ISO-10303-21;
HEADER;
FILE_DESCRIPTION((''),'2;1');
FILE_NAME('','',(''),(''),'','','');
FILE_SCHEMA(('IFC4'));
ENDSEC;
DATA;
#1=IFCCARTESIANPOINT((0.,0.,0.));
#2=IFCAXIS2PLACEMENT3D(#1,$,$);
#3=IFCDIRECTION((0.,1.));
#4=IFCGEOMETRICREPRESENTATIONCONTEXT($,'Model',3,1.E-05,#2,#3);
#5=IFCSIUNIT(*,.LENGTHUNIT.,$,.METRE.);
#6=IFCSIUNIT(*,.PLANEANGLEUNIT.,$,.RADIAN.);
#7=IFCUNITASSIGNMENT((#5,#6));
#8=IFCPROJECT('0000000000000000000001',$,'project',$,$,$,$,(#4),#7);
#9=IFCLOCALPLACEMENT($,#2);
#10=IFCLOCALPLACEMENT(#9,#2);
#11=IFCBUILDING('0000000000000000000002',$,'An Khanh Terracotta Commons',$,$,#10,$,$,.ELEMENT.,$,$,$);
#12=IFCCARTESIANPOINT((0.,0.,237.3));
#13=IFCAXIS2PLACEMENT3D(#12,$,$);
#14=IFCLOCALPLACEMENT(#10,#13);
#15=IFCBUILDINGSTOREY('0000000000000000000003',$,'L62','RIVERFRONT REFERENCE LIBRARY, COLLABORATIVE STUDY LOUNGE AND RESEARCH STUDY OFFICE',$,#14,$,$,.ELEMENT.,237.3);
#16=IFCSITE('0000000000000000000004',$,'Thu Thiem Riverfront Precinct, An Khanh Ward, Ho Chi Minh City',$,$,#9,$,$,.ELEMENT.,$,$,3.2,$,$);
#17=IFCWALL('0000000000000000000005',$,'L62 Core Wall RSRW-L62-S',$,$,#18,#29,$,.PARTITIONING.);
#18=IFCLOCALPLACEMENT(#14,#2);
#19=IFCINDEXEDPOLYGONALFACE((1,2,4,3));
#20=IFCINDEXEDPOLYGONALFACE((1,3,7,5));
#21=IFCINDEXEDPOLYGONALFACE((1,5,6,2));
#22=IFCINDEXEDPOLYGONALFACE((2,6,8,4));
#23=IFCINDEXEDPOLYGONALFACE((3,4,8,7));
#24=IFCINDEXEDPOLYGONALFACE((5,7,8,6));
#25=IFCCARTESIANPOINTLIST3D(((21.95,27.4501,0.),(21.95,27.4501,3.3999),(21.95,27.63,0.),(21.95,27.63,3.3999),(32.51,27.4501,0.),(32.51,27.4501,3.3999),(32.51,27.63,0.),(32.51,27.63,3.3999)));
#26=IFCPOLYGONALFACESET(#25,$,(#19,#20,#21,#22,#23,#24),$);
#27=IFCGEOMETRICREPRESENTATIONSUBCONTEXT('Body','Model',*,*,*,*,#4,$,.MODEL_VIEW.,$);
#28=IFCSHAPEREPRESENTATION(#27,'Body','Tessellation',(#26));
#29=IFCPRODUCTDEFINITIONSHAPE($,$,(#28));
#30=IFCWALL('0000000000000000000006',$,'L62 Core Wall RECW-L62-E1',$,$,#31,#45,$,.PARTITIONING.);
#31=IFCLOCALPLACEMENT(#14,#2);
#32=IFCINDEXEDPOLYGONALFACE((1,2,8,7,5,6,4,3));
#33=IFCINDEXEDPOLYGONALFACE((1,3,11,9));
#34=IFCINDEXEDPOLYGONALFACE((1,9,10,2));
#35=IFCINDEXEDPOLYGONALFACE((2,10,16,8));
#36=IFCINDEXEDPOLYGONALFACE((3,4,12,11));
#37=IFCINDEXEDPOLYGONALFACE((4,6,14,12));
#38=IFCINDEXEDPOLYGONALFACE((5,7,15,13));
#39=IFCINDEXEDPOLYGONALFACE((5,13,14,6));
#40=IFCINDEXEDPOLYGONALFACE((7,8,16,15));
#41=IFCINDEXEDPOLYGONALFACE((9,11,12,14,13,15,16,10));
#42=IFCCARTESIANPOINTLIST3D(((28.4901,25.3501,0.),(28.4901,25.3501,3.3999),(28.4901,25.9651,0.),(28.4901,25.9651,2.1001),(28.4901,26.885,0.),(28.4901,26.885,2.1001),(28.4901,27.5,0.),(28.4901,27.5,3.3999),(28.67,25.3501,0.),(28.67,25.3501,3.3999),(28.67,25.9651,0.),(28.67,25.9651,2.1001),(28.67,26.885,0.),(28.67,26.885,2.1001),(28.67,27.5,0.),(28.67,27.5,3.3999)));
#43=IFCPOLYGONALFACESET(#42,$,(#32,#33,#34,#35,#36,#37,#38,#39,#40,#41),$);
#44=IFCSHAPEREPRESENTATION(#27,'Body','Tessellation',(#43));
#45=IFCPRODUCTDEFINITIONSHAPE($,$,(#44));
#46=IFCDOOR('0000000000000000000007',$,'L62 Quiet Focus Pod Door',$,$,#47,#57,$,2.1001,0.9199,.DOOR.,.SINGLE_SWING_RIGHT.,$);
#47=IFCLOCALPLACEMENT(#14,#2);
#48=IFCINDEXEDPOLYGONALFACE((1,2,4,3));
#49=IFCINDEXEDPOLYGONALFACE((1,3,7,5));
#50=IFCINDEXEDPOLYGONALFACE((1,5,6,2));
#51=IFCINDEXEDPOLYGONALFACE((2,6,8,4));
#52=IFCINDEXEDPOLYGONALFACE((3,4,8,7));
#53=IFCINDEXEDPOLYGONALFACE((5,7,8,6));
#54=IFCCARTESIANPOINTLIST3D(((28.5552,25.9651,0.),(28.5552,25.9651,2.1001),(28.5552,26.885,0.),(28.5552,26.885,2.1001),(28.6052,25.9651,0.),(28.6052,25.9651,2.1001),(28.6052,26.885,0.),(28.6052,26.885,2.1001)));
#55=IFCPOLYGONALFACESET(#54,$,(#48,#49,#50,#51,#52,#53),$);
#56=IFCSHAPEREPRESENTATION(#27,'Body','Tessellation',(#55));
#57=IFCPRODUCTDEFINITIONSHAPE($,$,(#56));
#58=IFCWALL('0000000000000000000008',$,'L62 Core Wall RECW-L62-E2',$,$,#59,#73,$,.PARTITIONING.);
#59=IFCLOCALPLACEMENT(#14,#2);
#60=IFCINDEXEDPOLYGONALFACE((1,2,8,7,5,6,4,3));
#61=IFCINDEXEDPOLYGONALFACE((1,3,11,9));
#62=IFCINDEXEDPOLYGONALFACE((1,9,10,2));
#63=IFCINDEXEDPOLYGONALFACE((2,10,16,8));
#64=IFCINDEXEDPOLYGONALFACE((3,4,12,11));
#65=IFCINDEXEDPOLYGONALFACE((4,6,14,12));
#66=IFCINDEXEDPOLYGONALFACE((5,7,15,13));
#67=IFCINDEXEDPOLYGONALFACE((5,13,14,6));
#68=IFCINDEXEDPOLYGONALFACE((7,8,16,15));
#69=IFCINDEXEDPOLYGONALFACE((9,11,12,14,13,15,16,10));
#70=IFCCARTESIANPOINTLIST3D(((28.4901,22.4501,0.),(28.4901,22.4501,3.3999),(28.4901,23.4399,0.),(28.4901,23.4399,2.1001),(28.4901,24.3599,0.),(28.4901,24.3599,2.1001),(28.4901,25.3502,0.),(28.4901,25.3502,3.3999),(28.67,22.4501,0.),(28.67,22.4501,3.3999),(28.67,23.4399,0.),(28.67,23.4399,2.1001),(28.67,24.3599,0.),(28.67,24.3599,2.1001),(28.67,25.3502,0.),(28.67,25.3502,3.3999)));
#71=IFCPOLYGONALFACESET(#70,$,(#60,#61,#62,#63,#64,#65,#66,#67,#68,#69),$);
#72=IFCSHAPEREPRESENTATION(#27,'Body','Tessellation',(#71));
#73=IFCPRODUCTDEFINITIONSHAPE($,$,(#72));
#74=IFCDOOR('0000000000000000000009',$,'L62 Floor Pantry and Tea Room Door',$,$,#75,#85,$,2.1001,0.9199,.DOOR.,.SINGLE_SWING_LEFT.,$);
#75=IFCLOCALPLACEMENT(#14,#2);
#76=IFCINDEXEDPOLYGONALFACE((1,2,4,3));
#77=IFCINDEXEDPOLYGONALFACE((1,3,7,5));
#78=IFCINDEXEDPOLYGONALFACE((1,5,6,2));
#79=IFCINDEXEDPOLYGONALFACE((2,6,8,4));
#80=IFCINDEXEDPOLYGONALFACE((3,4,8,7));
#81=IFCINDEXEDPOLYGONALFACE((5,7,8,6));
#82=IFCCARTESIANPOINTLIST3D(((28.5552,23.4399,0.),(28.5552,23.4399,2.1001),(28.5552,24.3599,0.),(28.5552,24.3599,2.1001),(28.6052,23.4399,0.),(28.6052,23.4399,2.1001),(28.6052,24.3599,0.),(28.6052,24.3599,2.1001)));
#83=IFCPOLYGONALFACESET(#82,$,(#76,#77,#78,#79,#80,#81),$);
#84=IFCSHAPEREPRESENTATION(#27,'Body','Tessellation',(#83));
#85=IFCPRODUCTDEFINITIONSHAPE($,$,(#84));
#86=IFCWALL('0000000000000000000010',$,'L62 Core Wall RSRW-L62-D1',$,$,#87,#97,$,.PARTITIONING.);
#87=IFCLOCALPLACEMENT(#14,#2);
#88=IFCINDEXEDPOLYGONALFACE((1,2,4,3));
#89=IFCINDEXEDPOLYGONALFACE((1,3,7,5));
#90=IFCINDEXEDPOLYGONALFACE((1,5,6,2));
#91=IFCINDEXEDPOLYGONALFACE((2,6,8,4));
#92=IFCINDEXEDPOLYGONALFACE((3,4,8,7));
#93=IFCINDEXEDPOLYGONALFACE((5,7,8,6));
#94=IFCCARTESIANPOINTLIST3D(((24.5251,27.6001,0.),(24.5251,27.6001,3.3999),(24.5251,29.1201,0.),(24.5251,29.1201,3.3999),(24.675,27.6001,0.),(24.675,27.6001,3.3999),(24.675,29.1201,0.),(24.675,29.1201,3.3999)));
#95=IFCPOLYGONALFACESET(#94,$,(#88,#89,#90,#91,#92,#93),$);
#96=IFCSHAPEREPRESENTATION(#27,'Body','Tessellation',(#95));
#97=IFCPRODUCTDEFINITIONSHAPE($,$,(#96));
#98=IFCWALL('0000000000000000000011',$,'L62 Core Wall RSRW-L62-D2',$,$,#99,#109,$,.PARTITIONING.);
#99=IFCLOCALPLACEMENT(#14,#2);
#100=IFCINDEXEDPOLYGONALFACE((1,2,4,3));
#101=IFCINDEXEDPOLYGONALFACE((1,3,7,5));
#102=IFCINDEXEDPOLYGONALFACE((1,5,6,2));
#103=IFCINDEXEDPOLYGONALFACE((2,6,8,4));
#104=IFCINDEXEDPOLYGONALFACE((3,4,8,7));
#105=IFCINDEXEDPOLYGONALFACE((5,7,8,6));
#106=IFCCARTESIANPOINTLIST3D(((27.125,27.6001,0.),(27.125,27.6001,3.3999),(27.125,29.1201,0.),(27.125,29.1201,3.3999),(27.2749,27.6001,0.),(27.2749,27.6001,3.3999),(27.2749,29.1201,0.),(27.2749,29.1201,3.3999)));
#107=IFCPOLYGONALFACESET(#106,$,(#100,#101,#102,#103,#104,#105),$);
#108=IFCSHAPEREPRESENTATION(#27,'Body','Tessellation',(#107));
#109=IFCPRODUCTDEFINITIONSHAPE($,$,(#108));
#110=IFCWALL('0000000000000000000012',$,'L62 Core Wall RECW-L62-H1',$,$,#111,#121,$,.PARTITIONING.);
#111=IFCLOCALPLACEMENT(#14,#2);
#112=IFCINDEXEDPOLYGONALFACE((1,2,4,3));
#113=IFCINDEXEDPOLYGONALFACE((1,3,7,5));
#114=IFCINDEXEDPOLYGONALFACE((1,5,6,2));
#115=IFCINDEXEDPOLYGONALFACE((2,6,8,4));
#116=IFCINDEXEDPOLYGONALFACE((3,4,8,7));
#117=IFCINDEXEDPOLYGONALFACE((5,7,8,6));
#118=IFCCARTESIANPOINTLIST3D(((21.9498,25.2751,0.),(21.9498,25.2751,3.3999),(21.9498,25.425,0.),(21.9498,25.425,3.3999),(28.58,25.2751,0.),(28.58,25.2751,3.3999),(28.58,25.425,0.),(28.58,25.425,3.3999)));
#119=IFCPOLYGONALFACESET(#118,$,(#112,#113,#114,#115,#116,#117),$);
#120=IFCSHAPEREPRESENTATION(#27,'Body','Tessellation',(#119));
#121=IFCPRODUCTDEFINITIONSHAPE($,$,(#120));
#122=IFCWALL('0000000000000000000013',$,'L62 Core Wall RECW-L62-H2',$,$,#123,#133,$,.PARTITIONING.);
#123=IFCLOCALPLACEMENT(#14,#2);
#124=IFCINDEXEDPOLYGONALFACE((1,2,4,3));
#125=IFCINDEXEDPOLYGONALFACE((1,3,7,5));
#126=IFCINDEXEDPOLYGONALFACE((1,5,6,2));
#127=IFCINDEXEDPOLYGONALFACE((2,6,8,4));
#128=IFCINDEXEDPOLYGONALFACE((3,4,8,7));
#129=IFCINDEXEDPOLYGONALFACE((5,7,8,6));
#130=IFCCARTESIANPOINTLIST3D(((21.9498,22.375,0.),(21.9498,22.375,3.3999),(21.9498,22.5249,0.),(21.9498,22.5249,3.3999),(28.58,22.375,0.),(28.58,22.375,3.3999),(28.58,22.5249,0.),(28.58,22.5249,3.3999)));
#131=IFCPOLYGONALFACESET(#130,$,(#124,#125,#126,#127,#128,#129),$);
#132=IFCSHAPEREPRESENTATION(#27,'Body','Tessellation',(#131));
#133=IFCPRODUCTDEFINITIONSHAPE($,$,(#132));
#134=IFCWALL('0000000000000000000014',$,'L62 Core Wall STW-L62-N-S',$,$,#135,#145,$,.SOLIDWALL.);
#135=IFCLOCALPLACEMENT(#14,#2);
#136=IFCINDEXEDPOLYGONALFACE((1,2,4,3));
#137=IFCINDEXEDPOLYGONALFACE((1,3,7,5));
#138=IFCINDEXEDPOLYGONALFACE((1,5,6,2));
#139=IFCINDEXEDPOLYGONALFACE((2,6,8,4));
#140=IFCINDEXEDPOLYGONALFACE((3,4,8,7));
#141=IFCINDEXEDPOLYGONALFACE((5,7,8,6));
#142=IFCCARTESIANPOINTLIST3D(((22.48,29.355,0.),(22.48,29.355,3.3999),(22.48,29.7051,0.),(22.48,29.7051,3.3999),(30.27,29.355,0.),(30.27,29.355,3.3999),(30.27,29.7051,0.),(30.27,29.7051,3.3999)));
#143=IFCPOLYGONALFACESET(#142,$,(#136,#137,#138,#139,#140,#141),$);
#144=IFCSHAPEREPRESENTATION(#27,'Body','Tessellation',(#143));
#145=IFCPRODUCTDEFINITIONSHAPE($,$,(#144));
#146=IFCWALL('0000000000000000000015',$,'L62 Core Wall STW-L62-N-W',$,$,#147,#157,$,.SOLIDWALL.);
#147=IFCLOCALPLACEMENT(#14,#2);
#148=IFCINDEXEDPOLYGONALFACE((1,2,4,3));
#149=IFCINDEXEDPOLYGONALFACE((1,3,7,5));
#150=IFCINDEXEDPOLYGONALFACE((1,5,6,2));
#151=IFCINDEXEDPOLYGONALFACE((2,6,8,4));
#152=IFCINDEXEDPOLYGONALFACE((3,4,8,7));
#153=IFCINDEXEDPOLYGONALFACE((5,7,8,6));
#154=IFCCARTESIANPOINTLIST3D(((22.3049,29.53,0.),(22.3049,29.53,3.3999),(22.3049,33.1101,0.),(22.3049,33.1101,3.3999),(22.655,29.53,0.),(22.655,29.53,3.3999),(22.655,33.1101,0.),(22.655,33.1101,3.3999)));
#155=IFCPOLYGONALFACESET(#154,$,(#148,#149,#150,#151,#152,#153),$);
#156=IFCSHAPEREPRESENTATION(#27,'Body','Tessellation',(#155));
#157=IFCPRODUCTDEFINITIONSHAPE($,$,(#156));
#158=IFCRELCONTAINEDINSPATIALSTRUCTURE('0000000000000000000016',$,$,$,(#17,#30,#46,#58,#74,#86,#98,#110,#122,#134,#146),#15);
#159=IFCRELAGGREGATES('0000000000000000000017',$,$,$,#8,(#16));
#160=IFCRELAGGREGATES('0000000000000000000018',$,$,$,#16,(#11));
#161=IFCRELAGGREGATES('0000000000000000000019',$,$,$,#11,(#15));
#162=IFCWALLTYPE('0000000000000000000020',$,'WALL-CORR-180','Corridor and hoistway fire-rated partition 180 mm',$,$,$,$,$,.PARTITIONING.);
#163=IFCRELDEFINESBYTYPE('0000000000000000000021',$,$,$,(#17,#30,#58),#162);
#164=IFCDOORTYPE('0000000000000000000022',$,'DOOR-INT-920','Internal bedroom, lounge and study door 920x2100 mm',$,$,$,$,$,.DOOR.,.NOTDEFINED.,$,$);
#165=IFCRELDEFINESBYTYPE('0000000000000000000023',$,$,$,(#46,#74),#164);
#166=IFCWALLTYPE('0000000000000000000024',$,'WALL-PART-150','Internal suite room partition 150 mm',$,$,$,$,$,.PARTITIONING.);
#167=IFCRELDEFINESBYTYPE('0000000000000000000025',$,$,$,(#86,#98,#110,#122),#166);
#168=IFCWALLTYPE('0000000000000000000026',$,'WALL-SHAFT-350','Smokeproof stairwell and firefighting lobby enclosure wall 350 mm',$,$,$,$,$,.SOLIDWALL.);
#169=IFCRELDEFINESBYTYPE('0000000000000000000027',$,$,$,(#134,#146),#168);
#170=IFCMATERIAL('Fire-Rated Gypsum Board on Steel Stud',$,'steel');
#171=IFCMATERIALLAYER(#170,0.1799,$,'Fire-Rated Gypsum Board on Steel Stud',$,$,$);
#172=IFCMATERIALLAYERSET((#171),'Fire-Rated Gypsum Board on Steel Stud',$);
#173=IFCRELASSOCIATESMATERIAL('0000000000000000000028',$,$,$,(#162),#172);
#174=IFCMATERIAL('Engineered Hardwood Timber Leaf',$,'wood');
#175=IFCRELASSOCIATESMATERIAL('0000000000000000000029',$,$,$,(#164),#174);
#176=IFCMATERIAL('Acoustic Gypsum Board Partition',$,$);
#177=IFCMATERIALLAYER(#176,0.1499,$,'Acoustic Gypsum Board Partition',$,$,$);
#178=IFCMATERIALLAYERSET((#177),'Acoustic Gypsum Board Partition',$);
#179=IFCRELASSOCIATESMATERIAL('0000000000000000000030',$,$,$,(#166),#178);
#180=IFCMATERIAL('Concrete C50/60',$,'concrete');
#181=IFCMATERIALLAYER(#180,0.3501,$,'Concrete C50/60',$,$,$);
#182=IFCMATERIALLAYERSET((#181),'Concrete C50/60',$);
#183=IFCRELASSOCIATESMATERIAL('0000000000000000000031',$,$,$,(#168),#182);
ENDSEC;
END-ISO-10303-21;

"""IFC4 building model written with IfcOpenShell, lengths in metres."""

from ifc_helpers import new_model, si_unit, direction, frame, frame_2d, origin, place, context, subcontext, project, spatial, rectangle, extrude, material, layer, layer_set, type_object, element, fill, save


model = new_model("IFC4")

# Units and contexts
model_context = context("Model", 3, precision=1e-05, world=origin(), true_north=direction((0.0, 1.0)))
body_context = subcontext(model_context, "Body", "Model", "MODEL_VIEW")
ifc_project = project(units=[si_unit("LENGTHUNIT", "METRE"), si_unit("PLANEANGLEUNIT", "RADIAN")], contexts=[model_context])

# Site, building, storey
site_placement = place(None, origin())
site = spatial("IfcSite", under=ifc_project, at=site_placement, Name="Thu Thiem Riverfront Precinct, An Khanh Ward, Ho Chi Minh City", CompositionType="ELEMENT", RefElevation=3.2)
building_placement = place(site_placement, origin())
building = spatial("IfcBuilding", under=site, at=building_placement, Name="An Khanh Terracotta Commons", CompositionType="ELEMENT")
storey_placement = place(building_placement, frame((0.0, 0.0, 237.3)))
storey = spatial("IfcBuildingStorey", under=building, at=storey_placement, Name="L62", Description="RIVERFRONT REFERENCE LIBRARY, COLLABORATIVE STUDY LOUNGE AND RESEARCH STUDY OFFICE", CompositionType="ELEMENT", Elevation=237.3)

# Wall
ifc_material_1 = material(Name="Fire-Rated Gypsum Board on Steel Stud", Category="steel")
ifc_layer_1 = layer(ifc_material_1, 0.1799, Name="Fire-Rated Gypsum Board on Steel Stud")
ifc_layer_set_1 = layer_set([ifc_layer_1], Name="Fire-Rated Gypsum Board on Steel Stud")
wall_type_1 = type_object("IfcWallType", Name="WALL-CORR-180", Description="Corridor and hoistway fire-rated partition 180 mm", PredefinedType="PARTITIONING", material=ifc_layer_set_1)
wall_1_placement = place(storey_placement, frame((21.95, 27.54, 0.0), z_axis=(0.0, 0.0, 1.0), x_axis=(1.0, 0.0, 0.0)))
element("IfcWall", 1, at=wall_1_placement, inside=storey, type_object=wall_type_1, Name="L62 Core Wall RSRW-L62-S", PredefinedType="PARTITIONING", context=body_context, shape_type="SweptSolid", body=[
    extrude(rectangle(XDim=10.5601, YDim=0.1799, at=frame_2d((5.28, 0.0))), origin(), (0.0, 0.0, 1.0), 3.3999),
])

# Walls, openings, doors
wall_2_placement = place(storey_placement, frame((28.5801, 25.3501, 0.0), z_axis=(0.0, 0.0, 1.0), x_axis=(0.0, 1.0, 0.0)))
wall_2 = element("IfcWall", 2, at=wall_2_placement, inside=storey, type_object=wall_type_1, Name="L62 Core Wall RECW-L62-E1", PredefinedType="PARTITIONING", context=body_context, shape_type="SweptSolid", body=[
    extrude(rectangle(XDim=2.1499, YDim=0.1799, at=frame_2d((1.075, 0.0))), origin(), (0.0, 0.0, 1.0), 3.3999),
])
opening_1_placement = place(wall_2_placement, frame((0.615, 0.0, 0.0)))
opening_1 = element("IfcOpeningElement", 3, at=opening_1_placement, cuts=wall_2, PredefinedType="OPENING", context=body_context, shape_type="SweptSolid", body=[
    extrude(rectangle(XDim=0.9199, YDim=2.1001, at=frame_2d((0.46, 1.05))), frame((0.0, 0.0999, 0.0), z_axis=(0.0, -1.0, 0.0), x_axis=(1.0, 0.0, 0.0)), (0.0, 0.0, 1.0), 0.2),
])
ifc_material_2 = material(Name="Engineered Hardwood Timber Leaf", Category="wood")
door_type = type_object("IfcDoorType", Name="DOOR-INT-920", Description="Internal bedroom, lounge and study door 920x2100 mm", OperationType="NOTDEFINED", PredefinedType="DOOR", material=ifc_material_2)
door_1_placement = place(opening_1_placement, origin())
door_1 = element("IfcDoor", 4, at=door_1_placement, inside=storey, type_object=door_type, Name="L62 Quiet Focus Pod Door", OperationType="SINGLE_SWING_RIGHT", OverallHeight=2.1001, OverallWidth=0.9199, PredefinedType="DOOR", context=body_context, shape_type="SweptSolid", body=[
    extrude(rectangle(XDim=0.9199, YDim=2.1001, at=frame_2d((0.46, 1.05))), frame((0.0, 0.0249, 0.0), z_axis=(0.0, -1.0, 0.0), x_axis=(1.0, 0.0, 0.0)), (0.0, 0.0, 1.0), 0.05),
])
fill(opening_1, door_1)
wall_3_placement = place(storey_placement, frame((28.5801, 22.45, 0.0), z_axis=(0.0, 0.0, 1.0), x_axis=(0.0, 1.0, 0.0)))
wall_3 = element("IfcWall", 5, at=wall_3_placement, inside=storey, type_object=wall_type_1, Name="L62 Core Wall RECW-L62-E2", PredefinedType="PARTITIONING", context=body_context, shape_type="SweptSolid", body=[
    extrude(rectangle(XDim=2.9001, YDim=0.1799, at=frame_2d((1.4502, 0.0))), origin(), (0.0, 0.0, 1.0), 3.3999),
])
opening_2_placement = place(wall_3_placement, frame((0.99, 0.0, 0.0)))
opening_2 = element("IfcOpeningElement", 6, at=opening_2_placement, cuts=wall_3, PredefinedType="OPENING", context=body_context, shape_type="SweptSolid", body=[
    extrude(rectangle(XDim=0.9199, YDim=2.1001, at=frame_2d((0.46, 1.05))), frame((0.0, 0.0999, 0.0), z_axis=(0.0, -1.0, 0.0), x_axis=(1.0, 0.0, 0.0)), (0.0, 0.0, 1.0), 0.2),
])
door_2_placement = place(opening_2_placement, origin())
door_2 = element("IfcDoor", 7, at=door_2_placement, inside=storey, type_object=door_type, Name="L62 Floor Pantry and Tea Room Door", OperationType="SINGLE_SWING_LEFT", OverallHeight=2.1001, OverallWidth=0.9199, PredefinedType="DOOR", context=body_context, shape_type="SweptSolid", body=[
    extrude(rectangle(XDim=0.9199, YDim=2.1001, at=frame_2d((0.46, 1.05))), frame((0.0, 0.0249, 0.0), z_axis=(0.0, -1.0, 0.0), x_axis=(1.0, 0.0, 0.0)), (0.0, 0.0, 1.0), 0.05),
])
fill(opening_2, door_2)

# Walls
ifc_material_3 = material(Name="Acoustic Gypsum Board Partition")
ifc_layer_2 = layer(ifc_material_3, 0.1499, Name="Acoustic Gypsum Board Partition")
ifc_layer_set_2 = layer_set([ifc_layer_2], Name="Acoustic Gypsum Board Partition")
wall_type_2 = type_object("IfcWallType", Name="WALL-PART-150", Description="Internal suite room partition 150 mm", PredefinedType="PARTITIONING", material=ifc_layer_set_2)
for number, where, z_axis, x_axis, name in (
    (8, (24.6001, 27.6001, 0.0), (0.0, 0.0, 1.0), (0.0, 1.0, 0.0), "L62 Core Wall RSRW-L62-D1"),
    (9, (27.2, 27.6001, 0.0), (0.0, 0.0, 1.0), (0.0, 1.0, 0.0), "L62 Core Wall RSRW-L62-D2"),
):
    element("IfcWall", number, at=place(storey_placement, frame(where, z_axis=z_axis, x_axis=x_axis)), inside=storey, type_object=wall_type_2, Name=name, PredefinedType="PARTITIONING", context=body_context, shape_type="SweptSolid", body=[
        extrude(rectangle(XDim=1.52, YDim=0.1499, at=frame_2d((0.76, 0.0))), origin(), (0.0, 0.0, 1.0), 3.3999),
    ])
for number, where, z_axis, x_axis, name in (
    (10, (21.95, 25.3501, 0.0), (0.0, 0.0, 1.0), (1.0, 0.0, 0.0), "L62 Core Wall RECW-L62-H1"),
    (11, (21.95, 22.45, 0.0), (0.0, 0.0, 1.0), (1.0, 0.0, 0.0), "L62 Core Wall RECW-L62-H2"),
):
    element("IfcWall", number, at=place(storey_placement, frame(where, z_axis=z_axis, x_axis=x_axis)), inside=storey, type_object=wall_type_2, Name=name, PredefinedType="PARTITIONING", context=body_context, shape_type="SweptSolid", body=[
        extrude(rectangle(XDim=6.6301, YDim=0.1499, at=frame_2d((3.3149, 0.0))), origin(), (0.0, 0.0, 1.0), 3.3999),
    ])
ifc_material_4 = material(Name="Concrete C50/60", Category="concrete")
ifc_layer_3 = layer(ifc_material_4, 0.3501, Name="Concrete C50/60")
ifc_layer_set_3 = layer_set([ifc_layer_3], Name="Concrete C50/60")
wall_type_3 = type_object("IfcWallType", Name="WALL-SHAFT-350", Description="Smokeproof stairwell and firefighting lobby enclosure wall 350 mm", PredefinedType="SOLIDWALL", material=ifc_layer_set_3)
wall_4_placement = place(storey_placement, frame((22.48, 29.53, 0.0), z_axis=(0.0, 0.0, 1.0), x_axis=(1.0, 0.0, 0.0)))
element("IfcWall", 12, at=wall_4_placement, inside=storey, type_object=wall_type_3, Name="L62 Core Wall STW-L62-N-S", PredefinedType="SOLIDWALL", context=body_context, shape_type="SweptSolid", body=[
    extrude(rectangle(XDim=7.79, YDim=0.3501, at=frame_2d((3.895, 0.0))), origin(), (0.0, 0.0, 1.0), 3.3999),
])
wall_5_placement = place(storey_placement, frame((22.48, 29.53, 0.0), z_axis=(0.0, 0.0, 1.0), x_axis=(0.0, 1.0, 0.0)))
element("IfcWall", 13, at=wall_5_placement, inside=storey, type_object=wall_type_3, Name="L62 Core Wall STW-L62-N-W", PredefinedType="SOLIDWALL", context=body_context, shape_type="SweptSolid", body=[
    extrude(rectangle(XDim=3.5801, YDim=0.3501, at=frame_2d((1.79, 0.0))), origin(), (0.0, 0.0, 1.0), 3.3999),
])

save(model, "model.ifc")
